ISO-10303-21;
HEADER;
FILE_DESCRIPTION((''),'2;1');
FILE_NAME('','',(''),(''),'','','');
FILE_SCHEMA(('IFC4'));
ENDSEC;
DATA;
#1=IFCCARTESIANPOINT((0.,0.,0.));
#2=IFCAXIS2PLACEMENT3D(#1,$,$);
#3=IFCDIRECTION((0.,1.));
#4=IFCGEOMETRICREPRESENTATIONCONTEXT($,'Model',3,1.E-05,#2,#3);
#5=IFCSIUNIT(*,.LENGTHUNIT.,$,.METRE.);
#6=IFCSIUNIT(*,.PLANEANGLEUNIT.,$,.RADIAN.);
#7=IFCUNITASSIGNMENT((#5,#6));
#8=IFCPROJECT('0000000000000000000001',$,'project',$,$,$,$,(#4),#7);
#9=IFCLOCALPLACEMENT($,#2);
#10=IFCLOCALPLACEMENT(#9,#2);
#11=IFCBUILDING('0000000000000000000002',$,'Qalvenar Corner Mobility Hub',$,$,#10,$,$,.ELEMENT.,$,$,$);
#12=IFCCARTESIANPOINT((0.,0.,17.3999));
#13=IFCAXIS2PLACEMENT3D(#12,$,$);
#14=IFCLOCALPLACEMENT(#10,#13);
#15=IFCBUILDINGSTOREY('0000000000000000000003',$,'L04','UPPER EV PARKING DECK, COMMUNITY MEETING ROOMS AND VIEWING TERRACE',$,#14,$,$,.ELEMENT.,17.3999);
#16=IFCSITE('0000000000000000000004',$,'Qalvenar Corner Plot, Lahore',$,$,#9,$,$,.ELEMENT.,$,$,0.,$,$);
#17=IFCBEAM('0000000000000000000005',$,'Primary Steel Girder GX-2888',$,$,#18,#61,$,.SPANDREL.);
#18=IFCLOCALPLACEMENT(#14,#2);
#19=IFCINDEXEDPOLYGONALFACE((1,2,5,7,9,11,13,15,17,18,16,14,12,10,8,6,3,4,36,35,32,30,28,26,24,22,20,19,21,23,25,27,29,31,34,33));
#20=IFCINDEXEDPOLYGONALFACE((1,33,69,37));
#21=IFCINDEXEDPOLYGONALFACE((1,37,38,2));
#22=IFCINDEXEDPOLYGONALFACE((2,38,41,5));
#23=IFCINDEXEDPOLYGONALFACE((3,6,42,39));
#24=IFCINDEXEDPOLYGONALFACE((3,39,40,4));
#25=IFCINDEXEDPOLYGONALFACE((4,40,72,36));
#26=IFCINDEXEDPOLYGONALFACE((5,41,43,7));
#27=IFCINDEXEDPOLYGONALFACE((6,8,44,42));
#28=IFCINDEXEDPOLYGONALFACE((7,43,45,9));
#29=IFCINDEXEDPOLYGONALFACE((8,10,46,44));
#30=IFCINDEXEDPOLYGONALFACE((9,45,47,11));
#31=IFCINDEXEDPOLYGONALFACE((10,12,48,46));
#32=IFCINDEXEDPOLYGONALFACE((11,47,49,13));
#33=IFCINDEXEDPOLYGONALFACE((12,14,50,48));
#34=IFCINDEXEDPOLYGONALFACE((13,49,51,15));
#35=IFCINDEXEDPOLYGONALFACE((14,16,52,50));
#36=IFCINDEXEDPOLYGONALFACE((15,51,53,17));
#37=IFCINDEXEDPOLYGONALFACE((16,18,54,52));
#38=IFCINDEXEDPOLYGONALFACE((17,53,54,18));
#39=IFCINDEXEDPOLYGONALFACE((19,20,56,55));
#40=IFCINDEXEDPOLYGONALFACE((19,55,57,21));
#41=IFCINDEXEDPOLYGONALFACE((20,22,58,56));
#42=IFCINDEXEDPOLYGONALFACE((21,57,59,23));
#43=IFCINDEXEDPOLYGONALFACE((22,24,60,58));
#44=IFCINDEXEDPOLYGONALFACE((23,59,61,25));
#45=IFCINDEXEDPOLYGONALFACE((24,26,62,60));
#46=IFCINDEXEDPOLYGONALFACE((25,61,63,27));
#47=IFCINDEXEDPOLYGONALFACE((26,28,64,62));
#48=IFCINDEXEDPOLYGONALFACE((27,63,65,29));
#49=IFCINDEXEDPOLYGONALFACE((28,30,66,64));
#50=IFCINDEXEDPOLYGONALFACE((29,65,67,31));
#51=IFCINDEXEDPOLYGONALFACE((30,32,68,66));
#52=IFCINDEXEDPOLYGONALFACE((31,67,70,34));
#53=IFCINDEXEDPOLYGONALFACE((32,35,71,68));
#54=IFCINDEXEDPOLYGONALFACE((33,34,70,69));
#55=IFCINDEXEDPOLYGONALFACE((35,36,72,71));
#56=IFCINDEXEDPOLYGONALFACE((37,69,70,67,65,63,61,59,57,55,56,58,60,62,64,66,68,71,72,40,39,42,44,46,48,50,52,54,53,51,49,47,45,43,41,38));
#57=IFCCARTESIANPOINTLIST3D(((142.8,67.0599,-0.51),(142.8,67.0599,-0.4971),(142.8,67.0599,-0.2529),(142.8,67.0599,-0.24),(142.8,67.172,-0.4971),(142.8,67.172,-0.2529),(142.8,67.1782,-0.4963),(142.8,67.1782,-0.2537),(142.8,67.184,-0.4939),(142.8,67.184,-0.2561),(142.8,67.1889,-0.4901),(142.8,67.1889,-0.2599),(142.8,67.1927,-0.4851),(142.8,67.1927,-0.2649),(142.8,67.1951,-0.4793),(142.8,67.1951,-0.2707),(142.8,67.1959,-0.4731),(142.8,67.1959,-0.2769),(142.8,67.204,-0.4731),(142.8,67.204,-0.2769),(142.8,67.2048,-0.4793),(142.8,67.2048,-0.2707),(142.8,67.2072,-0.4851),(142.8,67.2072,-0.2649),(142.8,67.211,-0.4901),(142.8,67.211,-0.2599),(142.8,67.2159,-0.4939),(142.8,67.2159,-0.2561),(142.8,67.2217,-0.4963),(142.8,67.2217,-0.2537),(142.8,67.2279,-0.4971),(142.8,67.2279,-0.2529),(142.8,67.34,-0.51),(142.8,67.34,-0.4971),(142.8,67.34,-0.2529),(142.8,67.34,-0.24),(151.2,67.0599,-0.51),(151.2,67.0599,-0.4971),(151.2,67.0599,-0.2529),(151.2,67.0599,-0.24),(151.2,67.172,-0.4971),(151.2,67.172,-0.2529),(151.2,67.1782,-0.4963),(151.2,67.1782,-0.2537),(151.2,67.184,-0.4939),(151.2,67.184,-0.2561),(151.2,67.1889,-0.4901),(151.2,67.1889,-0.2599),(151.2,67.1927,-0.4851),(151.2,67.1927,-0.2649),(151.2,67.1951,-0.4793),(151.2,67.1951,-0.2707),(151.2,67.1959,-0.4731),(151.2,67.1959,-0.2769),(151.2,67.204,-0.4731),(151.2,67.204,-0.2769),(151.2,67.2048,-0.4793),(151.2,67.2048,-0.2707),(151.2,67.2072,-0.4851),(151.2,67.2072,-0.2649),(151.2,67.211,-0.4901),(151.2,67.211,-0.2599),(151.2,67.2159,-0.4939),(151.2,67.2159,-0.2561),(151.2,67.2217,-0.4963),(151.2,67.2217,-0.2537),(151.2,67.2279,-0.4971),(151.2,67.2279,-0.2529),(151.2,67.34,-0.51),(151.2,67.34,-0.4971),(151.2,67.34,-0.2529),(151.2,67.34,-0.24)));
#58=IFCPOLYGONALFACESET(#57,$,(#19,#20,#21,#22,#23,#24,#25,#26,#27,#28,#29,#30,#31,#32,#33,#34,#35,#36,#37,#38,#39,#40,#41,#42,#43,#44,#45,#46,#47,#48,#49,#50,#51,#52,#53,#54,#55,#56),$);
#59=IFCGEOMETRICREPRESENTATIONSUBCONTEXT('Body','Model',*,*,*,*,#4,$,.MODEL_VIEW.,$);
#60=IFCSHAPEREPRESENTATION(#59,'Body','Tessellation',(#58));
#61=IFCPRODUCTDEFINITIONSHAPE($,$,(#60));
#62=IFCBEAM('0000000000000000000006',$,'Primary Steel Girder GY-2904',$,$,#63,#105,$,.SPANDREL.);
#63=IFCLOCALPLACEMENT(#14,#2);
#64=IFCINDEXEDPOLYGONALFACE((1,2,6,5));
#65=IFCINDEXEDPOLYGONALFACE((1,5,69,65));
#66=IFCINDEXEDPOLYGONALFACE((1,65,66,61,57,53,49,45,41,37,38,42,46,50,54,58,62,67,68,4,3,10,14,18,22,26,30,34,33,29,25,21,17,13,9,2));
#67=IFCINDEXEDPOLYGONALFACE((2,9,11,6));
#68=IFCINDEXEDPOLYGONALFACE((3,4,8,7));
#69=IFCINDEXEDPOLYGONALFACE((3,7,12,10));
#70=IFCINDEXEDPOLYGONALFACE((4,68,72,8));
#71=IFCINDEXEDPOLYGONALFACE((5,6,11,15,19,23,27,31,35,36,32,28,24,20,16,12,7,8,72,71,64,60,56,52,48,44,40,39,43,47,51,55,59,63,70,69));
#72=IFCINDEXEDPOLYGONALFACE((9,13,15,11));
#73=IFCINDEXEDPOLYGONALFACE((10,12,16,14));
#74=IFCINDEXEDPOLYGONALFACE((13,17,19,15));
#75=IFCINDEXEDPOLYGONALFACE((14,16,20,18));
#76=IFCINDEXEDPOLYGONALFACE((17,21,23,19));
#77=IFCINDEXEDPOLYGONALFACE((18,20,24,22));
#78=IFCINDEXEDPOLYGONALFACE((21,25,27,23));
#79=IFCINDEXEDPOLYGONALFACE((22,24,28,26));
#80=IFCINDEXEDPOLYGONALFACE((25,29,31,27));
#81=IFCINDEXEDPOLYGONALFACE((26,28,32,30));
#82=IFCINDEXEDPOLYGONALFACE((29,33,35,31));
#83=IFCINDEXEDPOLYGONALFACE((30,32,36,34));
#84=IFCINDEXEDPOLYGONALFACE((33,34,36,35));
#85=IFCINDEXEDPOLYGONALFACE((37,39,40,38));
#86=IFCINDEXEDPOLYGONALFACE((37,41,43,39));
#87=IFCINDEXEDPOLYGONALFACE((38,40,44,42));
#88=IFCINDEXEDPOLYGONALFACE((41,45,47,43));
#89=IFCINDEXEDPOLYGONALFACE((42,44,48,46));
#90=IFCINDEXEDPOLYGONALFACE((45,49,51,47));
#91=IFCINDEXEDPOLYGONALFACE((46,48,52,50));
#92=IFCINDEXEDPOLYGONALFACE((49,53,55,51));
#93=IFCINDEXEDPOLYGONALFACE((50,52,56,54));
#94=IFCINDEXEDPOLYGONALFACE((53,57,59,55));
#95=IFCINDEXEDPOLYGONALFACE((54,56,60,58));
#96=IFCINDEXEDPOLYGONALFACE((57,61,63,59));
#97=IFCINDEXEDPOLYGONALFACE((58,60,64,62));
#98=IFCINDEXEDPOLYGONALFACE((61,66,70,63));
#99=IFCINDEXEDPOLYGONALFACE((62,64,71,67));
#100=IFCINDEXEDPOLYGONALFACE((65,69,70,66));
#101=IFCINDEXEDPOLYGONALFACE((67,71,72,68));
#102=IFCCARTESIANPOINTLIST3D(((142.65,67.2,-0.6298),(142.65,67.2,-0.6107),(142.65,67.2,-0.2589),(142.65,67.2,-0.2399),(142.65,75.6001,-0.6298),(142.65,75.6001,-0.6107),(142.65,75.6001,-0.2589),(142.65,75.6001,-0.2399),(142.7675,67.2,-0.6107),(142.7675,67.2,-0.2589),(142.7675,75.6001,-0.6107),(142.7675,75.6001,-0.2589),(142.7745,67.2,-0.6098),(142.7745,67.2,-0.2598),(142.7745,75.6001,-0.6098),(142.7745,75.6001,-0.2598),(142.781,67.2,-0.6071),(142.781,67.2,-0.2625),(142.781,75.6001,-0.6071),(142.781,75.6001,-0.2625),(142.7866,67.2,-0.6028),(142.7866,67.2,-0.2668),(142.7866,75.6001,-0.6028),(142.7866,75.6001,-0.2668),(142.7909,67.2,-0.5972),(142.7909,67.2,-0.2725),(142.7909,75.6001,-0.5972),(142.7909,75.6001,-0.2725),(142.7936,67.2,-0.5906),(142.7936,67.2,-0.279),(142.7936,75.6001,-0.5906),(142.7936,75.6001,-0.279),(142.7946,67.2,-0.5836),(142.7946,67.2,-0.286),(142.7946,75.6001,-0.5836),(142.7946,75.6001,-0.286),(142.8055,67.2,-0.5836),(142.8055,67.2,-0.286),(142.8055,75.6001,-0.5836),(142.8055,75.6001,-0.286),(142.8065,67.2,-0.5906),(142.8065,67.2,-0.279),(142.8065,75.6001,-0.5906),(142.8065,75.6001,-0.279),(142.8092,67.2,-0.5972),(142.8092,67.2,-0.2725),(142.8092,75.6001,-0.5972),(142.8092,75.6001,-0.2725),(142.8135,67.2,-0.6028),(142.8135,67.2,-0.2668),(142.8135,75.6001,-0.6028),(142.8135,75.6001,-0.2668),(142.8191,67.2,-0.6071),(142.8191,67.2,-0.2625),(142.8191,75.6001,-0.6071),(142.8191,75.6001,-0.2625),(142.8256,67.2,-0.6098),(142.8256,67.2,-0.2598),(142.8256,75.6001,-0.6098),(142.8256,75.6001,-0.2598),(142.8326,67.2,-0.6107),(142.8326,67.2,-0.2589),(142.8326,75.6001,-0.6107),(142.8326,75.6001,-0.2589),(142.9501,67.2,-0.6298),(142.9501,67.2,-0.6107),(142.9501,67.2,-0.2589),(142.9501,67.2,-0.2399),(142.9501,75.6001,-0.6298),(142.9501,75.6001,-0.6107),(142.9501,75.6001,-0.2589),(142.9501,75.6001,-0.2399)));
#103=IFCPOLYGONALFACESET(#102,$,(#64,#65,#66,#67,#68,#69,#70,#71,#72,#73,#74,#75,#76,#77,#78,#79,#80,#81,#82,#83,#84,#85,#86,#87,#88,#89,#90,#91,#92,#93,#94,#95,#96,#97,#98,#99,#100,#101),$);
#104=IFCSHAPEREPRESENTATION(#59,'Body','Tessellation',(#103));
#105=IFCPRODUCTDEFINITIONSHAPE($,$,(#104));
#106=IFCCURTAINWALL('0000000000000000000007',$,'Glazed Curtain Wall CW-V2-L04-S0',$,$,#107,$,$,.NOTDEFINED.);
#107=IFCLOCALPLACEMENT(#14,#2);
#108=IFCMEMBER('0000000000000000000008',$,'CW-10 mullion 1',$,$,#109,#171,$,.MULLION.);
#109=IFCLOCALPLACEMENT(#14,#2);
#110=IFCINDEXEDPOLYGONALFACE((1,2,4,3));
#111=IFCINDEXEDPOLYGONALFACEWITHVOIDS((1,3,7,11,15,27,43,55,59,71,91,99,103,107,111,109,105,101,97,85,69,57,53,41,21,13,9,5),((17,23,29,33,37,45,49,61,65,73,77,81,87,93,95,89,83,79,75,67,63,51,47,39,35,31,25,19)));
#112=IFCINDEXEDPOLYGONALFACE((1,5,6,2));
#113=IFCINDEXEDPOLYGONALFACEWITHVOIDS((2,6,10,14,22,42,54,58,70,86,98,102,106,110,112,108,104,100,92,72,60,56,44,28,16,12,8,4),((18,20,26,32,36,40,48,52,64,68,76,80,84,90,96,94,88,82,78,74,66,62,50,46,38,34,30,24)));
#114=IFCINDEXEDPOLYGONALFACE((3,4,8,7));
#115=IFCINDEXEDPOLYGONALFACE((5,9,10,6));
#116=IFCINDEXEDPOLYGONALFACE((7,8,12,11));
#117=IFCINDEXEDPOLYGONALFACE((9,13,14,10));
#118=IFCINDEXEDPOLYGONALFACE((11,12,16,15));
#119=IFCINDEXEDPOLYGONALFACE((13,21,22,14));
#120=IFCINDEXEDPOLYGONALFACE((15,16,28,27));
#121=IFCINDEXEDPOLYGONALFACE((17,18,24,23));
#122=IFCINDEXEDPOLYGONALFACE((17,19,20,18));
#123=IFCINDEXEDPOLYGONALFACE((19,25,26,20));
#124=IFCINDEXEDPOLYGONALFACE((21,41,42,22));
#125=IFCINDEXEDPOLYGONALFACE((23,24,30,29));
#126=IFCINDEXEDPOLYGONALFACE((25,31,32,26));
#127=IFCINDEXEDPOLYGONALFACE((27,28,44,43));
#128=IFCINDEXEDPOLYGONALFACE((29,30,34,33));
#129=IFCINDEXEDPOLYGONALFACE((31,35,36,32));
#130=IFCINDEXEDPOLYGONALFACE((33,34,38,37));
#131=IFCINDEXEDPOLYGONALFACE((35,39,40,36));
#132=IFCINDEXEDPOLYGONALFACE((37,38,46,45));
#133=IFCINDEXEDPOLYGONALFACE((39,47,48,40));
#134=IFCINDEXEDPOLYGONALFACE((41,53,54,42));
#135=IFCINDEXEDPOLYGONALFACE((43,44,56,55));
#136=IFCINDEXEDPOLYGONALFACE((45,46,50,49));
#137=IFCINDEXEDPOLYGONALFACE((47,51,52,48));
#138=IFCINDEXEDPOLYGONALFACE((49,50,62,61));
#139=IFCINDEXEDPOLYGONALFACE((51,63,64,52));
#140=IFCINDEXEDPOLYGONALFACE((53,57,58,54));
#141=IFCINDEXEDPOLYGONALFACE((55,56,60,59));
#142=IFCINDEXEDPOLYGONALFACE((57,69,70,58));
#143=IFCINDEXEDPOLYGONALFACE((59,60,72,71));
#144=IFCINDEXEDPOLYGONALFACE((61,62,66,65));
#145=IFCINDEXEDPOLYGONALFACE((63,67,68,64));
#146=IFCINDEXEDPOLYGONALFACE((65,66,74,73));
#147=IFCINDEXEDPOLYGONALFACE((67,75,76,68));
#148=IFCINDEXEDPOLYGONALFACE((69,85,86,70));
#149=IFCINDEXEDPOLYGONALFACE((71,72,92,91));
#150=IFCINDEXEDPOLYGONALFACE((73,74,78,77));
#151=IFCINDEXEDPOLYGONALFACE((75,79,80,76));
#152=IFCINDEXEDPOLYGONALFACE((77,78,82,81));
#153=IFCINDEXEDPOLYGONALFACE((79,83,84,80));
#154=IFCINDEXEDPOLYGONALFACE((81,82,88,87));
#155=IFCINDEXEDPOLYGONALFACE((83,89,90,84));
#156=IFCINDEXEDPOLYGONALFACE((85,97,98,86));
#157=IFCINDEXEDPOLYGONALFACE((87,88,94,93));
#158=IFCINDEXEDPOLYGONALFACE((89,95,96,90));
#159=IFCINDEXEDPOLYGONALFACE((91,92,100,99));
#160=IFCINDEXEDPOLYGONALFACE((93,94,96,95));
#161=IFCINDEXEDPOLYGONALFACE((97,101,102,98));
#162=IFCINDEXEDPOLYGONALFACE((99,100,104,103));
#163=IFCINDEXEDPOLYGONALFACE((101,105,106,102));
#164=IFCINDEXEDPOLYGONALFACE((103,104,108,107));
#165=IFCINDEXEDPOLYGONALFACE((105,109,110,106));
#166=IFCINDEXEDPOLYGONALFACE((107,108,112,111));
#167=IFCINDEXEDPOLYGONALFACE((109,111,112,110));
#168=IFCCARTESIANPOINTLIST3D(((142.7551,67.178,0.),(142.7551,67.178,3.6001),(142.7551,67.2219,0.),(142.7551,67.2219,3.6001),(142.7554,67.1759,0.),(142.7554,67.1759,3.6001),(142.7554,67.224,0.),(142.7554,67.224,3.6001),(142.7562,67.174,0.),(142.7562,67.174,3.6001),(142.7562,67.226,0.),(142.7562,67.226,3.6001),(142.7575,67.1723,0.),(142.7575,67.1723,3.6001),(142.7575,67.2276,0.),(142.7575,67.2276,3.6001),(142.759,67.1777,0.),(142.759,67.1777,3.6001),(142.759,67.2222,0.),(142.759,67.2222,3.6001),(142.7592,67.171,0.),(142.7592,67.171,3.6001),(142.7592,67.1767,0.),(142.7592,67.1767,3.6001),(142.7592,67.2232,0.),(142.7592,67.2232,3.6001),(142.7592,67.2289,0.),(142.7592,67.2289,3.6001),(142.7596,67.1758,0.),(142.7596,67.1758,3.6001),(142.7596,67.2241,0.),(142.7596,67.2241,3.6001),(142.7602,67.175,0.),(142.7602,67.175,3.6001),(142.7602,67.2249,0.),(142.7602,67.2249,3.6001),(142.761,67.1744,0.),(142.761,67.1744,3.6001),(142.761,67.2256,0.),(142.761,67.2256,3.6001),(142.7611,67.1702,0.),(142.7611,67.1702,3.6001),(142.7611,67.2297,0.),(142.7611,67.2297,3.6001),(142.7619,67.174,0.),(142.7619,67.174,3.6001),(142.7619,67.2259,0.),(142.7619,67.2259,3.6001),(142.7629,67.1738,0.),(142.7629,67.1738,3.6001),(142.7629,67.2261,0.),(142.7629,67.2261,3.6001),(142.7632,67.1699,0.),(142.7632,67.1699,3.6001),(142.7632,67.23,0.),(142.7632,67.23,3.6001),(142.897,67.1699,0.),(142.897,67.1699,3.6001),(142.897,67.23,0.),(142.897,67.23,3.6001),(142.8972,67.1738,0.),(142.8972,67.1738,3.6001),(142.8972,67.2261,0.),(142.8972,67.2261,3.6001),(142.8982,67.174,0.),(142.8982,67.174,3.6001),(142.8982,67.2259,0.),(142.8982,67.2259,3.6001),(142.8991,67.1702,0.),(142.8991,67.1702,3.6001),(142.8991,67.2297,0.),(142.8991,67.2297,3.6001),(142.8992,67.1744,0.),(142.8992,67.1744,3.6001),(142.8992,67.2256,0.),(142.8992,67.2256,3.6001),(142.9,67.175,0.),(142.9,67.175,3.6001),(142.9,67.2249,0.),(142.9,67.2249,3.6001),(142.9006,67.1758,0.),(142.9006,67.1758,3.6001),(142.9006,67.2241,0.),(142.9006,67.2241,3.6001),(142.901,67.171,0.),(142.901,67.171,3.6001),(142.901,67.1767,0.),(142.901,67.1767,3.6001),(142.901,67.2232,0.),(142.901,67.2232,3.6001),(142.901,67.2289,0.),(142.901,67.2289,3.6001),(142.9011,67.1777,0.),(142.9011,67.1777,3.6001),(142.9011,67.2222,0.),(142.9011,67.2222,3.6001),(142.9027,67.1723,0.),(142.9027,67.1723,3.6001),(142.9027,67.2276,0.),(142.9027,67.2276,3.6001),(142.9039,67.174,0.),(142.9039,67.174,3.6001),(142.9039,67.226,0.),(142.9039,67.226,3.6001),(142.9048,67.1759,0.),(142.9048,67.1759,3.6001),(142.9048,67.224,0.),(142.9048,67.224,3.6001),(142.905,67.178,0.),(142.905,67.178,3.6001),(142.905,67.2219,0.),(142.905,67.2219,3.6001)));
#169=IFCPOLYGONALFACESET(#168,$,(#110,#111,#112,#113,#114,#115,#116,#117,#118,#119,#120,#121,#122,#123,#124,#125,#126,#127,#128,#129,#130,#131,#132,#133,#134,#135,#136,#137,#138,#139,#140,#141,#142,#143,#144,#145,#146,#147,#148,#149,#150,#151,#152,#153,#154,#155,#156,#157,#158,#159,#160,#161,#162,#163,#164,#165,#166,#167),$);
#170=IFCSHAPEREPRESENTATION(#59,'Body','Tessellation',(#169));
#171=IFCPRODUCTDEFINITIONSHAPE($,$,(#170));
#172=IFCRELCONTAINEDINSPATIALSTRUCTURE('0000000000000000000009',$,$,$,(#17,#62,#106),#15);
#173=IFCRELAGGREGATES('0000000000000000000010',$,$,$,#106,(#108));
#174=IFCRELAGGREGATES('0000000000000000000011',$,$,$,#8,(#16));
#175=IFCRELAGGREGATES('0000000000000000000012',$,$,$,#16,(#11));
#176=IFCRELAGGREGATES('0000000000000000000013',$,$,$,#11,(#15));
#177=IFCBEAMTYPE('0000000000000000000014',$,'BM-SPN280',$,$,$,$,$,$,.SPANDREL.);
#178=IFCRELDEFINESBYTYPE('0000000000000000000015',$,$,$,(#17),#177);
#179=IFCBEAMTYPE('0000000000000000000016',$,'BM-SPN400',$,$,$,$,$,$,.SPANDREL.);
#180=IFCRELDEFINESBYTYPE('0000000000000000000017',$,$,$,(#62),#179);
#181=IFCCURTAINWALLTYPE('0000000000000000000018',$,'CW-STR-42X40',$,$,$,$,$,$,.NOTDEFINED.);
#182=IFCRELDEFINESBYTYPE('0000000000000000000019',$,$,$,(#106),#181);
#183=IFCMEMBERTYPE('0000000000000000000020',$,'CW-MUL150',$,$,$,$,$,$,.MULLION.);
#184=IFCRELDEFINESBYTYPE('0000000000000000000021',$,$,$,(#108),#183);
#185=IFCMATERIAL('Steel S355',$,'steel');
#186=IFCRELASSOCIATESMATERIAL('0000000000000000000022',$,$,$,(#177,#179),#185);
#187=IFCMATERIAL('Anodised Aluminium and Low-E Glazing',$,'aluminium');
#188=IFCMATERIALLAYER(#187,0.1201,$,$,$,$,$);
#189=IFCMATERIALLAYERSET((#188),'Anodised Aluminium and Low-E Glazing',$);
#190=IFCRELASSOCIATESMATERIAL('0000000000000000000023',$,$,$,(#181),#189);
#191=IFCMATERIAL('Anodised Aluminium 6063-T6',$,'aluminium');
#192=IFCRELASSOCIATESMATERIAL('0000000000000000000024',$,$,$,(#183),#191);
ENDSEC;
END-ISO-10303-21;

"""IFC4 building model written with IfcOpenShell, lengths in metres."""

from ifc_helpers import new_model, si_unit, direction, frame, origin, origin_2d, place, context, subcontext, project, spatial, hollow_rectangle, i_section, extrude, material, layer, layer_set, material_profile, profile_set, type_object, element, aggregate, save


model = new_model("IFC4")

# Units and contexts
model_context = context("Model", 3, precision=1e-05, world=origin(), true_north=direction((0.0, 1.0)))
body_context = subcontext(model_context, "Body", "Model", "MODEL_VIEW")
ifc_project = project(units=[si_unit("LENGTHUNIT", "METRE"), si_unit("PLANEANGLEUNIT", "RADIAN")], contexts=[model_context])

# Site, building, storey
site_placement = place(None, origin())
site = spatial("IfcSite", under=ifc_project, at=site_placement, Name="Qalvenar Corner Plot, Lahore", CompositionType="ELEMENT", RefElevation=0.0)
building_placement = place(site_placement, origin())
building = spatial("IfcBuilding", under=site, at=building_placement, Name="Qalvenar Corner Mobility Hub", CompositionType="ELEMENT")
storey_placement = place(building_placement, frame((0.0, 0.0, 17.3999)))
storey = spatial("IfcBuildingStorey", under=building, at=storey_placement, Name="L04", Description="UPPER EV PARKING DECK, COMMUNITY MEETING ROOMS AND VIEWING TERRACE", CompositionType="ELEMENT", Elevation=17.3999)

# Shared definitions
ifc_material_1 = material(Name="Steel S355", Category="steel")

# Beams
ifc_material_profile_1 = material_profile(ifc_material_1, i_section(OverallWidth=0.28, OverallDepth=0.27, WebThickness=0.0081, FlangeThickness=0.0129, FilletRadius=0.0239, at=origin_2d()), Name="HEA280")
ifc_profile_set_1 = profile_set([ifc_material_profile_1], Name="Steel S355")
beam_type_1 = type_object("IfcBeamType", Name="BM-SPN280", PredefinedType="SPANDREL", material=ifc_profile_set_1)
beam_1_placement = place(storey_placement, frame((142.8, 67.2, -0.375), z_axis=(1.0, 0.0, 0.0), x_axis=(0.0, 1.0, 0.0)))
element("IfcBeam", 1, at=beam_1_placement, inside=storey, type_object=beam_type_1, Name="Primary Steel Girder GX-2888", PredefinedType="SPANDREL", context=body_context, shape_type="SweptSolid", body=[
    extrude(i_section(OverallWidth=0.28, OverallDepth=0.27, WebThickness=0.0081, FlangeThickness=0.0129, FilletRadius=0.0239, at=origin_2d()), origin(), (0.0, 0.0, 1.0), 8.3999),
])
ifc_material_profile_2 = material_profile(ifc_material_1, i_section(OverallWidth=0.3, OverallDepth=0.3899, WebThickness=0.011, FlangeThickness=0.019, FilletRadius=0.0271, at=origin_2d()), Name="HEA400")
ifc_profile_set_2 = profile_set([ifc_material_profile_2], Name="Steel S355")
beam_type_2 = type_object("IfcBeamType", Name="BM-SPN400", PredefinedType="SPANDREL", material=ifc_profile_set_2)
beam_2_placement = place(storey_placement, frame((142.8, 67.2, -0.4348), z_axis=(0.0, 1.0, 0.0), x_axis=(-1.0, 0.0, 0.0)))
element("IfcBeam", 2, at=beam_2_placement, inside=storey, type_object=beam_type_2, Name="Primary Steel Girder GY-2904", PredefinedType="SPANDREL", context=body_context, shape_type="SweptSolid", body=[
    extrude(i_section(OverallWidth=0.3, OverallDepth=0.3899, WebThickness=0.011, FlangeThickness=0.019, FilletRadius=0.0271, at=origin_2d()), origin(), (0.0, 0.0, 1.0), 8.4001),
])

# Curtain wall, member
ifc_material_2 = material(Name="Anodised Aluminium and Low-E Glazing", Category="aluminium")
ifc_layer_1 = layer(ifc_material_2, 0.1201)
ifc_layer_set_1 = layer_set([ifc_layer_1], Name="Anodised Aluminium and Low-E Glazing")
curtain_wall_type = type_object("IfcCurtainWallType", Name="CW-STR-42X40", PredefinedType="NOTDEFINED", material=ifc_layer_set_1)
curtain_wall_placement = place(storey_placement, origin())
curtain_wall = element("IfcCurtainWall", 3, at=curtain_wall_placement, inside=storey, type_object=curtain_wall_type, Name="Glazed Curtain Wall CW-V2-L04-S0", PredefinedType="NOTDEFINED")
ifc_material_3 = material(Name="Anodised Aluminium 6063-T6", Category="aluminium")
ifc_material_profile_3 = material_profile(ifc_material_3, hollow_rectangle(XDim=0.0601, YDim=0.1499, WallThickness=0.0039, InnerFilletRadius=0.0039, OuterFilletRadius=0.0081, at=origin_2d()), Name="RHS150x60x4")
ifc_profile_set_3 = profile_set([ifc_material_profile_3], Name="Anodised Aluminium 6063-T6")
member_type_1 = type_object("IfcMemberType", Name="CW-MUL150", PredefinedType="MULLION", material=ifc_profile_set_3)
member_1_placement = place(storey_placement, frame((142.8301, 67.2, 0.0), z_axis=(0.0, 0.0, 1.0), x_axis=(0.0, 1.0, 0.0)))
member_1 = element("IfcMember", 4, at=member_1_placement, type_object=member_type_1, Name="CW-10 mullion 1", PredefinedType="MULLION", context=body_context, shape_type="SweptSolid", body=[
    extrude(hollow_rectangle(XDim=0.0601, YDim=0.1499, WallThickness=0.0039, InnerFilletRadius=0.0039, OuterFilletRadius=0.0081, at=origin_2d()), origin(), (0.0, 0.0, 1.0), 3.6001),
])
aggregate(curtain_wall, [member_1])

save(model, "model.ifc")
